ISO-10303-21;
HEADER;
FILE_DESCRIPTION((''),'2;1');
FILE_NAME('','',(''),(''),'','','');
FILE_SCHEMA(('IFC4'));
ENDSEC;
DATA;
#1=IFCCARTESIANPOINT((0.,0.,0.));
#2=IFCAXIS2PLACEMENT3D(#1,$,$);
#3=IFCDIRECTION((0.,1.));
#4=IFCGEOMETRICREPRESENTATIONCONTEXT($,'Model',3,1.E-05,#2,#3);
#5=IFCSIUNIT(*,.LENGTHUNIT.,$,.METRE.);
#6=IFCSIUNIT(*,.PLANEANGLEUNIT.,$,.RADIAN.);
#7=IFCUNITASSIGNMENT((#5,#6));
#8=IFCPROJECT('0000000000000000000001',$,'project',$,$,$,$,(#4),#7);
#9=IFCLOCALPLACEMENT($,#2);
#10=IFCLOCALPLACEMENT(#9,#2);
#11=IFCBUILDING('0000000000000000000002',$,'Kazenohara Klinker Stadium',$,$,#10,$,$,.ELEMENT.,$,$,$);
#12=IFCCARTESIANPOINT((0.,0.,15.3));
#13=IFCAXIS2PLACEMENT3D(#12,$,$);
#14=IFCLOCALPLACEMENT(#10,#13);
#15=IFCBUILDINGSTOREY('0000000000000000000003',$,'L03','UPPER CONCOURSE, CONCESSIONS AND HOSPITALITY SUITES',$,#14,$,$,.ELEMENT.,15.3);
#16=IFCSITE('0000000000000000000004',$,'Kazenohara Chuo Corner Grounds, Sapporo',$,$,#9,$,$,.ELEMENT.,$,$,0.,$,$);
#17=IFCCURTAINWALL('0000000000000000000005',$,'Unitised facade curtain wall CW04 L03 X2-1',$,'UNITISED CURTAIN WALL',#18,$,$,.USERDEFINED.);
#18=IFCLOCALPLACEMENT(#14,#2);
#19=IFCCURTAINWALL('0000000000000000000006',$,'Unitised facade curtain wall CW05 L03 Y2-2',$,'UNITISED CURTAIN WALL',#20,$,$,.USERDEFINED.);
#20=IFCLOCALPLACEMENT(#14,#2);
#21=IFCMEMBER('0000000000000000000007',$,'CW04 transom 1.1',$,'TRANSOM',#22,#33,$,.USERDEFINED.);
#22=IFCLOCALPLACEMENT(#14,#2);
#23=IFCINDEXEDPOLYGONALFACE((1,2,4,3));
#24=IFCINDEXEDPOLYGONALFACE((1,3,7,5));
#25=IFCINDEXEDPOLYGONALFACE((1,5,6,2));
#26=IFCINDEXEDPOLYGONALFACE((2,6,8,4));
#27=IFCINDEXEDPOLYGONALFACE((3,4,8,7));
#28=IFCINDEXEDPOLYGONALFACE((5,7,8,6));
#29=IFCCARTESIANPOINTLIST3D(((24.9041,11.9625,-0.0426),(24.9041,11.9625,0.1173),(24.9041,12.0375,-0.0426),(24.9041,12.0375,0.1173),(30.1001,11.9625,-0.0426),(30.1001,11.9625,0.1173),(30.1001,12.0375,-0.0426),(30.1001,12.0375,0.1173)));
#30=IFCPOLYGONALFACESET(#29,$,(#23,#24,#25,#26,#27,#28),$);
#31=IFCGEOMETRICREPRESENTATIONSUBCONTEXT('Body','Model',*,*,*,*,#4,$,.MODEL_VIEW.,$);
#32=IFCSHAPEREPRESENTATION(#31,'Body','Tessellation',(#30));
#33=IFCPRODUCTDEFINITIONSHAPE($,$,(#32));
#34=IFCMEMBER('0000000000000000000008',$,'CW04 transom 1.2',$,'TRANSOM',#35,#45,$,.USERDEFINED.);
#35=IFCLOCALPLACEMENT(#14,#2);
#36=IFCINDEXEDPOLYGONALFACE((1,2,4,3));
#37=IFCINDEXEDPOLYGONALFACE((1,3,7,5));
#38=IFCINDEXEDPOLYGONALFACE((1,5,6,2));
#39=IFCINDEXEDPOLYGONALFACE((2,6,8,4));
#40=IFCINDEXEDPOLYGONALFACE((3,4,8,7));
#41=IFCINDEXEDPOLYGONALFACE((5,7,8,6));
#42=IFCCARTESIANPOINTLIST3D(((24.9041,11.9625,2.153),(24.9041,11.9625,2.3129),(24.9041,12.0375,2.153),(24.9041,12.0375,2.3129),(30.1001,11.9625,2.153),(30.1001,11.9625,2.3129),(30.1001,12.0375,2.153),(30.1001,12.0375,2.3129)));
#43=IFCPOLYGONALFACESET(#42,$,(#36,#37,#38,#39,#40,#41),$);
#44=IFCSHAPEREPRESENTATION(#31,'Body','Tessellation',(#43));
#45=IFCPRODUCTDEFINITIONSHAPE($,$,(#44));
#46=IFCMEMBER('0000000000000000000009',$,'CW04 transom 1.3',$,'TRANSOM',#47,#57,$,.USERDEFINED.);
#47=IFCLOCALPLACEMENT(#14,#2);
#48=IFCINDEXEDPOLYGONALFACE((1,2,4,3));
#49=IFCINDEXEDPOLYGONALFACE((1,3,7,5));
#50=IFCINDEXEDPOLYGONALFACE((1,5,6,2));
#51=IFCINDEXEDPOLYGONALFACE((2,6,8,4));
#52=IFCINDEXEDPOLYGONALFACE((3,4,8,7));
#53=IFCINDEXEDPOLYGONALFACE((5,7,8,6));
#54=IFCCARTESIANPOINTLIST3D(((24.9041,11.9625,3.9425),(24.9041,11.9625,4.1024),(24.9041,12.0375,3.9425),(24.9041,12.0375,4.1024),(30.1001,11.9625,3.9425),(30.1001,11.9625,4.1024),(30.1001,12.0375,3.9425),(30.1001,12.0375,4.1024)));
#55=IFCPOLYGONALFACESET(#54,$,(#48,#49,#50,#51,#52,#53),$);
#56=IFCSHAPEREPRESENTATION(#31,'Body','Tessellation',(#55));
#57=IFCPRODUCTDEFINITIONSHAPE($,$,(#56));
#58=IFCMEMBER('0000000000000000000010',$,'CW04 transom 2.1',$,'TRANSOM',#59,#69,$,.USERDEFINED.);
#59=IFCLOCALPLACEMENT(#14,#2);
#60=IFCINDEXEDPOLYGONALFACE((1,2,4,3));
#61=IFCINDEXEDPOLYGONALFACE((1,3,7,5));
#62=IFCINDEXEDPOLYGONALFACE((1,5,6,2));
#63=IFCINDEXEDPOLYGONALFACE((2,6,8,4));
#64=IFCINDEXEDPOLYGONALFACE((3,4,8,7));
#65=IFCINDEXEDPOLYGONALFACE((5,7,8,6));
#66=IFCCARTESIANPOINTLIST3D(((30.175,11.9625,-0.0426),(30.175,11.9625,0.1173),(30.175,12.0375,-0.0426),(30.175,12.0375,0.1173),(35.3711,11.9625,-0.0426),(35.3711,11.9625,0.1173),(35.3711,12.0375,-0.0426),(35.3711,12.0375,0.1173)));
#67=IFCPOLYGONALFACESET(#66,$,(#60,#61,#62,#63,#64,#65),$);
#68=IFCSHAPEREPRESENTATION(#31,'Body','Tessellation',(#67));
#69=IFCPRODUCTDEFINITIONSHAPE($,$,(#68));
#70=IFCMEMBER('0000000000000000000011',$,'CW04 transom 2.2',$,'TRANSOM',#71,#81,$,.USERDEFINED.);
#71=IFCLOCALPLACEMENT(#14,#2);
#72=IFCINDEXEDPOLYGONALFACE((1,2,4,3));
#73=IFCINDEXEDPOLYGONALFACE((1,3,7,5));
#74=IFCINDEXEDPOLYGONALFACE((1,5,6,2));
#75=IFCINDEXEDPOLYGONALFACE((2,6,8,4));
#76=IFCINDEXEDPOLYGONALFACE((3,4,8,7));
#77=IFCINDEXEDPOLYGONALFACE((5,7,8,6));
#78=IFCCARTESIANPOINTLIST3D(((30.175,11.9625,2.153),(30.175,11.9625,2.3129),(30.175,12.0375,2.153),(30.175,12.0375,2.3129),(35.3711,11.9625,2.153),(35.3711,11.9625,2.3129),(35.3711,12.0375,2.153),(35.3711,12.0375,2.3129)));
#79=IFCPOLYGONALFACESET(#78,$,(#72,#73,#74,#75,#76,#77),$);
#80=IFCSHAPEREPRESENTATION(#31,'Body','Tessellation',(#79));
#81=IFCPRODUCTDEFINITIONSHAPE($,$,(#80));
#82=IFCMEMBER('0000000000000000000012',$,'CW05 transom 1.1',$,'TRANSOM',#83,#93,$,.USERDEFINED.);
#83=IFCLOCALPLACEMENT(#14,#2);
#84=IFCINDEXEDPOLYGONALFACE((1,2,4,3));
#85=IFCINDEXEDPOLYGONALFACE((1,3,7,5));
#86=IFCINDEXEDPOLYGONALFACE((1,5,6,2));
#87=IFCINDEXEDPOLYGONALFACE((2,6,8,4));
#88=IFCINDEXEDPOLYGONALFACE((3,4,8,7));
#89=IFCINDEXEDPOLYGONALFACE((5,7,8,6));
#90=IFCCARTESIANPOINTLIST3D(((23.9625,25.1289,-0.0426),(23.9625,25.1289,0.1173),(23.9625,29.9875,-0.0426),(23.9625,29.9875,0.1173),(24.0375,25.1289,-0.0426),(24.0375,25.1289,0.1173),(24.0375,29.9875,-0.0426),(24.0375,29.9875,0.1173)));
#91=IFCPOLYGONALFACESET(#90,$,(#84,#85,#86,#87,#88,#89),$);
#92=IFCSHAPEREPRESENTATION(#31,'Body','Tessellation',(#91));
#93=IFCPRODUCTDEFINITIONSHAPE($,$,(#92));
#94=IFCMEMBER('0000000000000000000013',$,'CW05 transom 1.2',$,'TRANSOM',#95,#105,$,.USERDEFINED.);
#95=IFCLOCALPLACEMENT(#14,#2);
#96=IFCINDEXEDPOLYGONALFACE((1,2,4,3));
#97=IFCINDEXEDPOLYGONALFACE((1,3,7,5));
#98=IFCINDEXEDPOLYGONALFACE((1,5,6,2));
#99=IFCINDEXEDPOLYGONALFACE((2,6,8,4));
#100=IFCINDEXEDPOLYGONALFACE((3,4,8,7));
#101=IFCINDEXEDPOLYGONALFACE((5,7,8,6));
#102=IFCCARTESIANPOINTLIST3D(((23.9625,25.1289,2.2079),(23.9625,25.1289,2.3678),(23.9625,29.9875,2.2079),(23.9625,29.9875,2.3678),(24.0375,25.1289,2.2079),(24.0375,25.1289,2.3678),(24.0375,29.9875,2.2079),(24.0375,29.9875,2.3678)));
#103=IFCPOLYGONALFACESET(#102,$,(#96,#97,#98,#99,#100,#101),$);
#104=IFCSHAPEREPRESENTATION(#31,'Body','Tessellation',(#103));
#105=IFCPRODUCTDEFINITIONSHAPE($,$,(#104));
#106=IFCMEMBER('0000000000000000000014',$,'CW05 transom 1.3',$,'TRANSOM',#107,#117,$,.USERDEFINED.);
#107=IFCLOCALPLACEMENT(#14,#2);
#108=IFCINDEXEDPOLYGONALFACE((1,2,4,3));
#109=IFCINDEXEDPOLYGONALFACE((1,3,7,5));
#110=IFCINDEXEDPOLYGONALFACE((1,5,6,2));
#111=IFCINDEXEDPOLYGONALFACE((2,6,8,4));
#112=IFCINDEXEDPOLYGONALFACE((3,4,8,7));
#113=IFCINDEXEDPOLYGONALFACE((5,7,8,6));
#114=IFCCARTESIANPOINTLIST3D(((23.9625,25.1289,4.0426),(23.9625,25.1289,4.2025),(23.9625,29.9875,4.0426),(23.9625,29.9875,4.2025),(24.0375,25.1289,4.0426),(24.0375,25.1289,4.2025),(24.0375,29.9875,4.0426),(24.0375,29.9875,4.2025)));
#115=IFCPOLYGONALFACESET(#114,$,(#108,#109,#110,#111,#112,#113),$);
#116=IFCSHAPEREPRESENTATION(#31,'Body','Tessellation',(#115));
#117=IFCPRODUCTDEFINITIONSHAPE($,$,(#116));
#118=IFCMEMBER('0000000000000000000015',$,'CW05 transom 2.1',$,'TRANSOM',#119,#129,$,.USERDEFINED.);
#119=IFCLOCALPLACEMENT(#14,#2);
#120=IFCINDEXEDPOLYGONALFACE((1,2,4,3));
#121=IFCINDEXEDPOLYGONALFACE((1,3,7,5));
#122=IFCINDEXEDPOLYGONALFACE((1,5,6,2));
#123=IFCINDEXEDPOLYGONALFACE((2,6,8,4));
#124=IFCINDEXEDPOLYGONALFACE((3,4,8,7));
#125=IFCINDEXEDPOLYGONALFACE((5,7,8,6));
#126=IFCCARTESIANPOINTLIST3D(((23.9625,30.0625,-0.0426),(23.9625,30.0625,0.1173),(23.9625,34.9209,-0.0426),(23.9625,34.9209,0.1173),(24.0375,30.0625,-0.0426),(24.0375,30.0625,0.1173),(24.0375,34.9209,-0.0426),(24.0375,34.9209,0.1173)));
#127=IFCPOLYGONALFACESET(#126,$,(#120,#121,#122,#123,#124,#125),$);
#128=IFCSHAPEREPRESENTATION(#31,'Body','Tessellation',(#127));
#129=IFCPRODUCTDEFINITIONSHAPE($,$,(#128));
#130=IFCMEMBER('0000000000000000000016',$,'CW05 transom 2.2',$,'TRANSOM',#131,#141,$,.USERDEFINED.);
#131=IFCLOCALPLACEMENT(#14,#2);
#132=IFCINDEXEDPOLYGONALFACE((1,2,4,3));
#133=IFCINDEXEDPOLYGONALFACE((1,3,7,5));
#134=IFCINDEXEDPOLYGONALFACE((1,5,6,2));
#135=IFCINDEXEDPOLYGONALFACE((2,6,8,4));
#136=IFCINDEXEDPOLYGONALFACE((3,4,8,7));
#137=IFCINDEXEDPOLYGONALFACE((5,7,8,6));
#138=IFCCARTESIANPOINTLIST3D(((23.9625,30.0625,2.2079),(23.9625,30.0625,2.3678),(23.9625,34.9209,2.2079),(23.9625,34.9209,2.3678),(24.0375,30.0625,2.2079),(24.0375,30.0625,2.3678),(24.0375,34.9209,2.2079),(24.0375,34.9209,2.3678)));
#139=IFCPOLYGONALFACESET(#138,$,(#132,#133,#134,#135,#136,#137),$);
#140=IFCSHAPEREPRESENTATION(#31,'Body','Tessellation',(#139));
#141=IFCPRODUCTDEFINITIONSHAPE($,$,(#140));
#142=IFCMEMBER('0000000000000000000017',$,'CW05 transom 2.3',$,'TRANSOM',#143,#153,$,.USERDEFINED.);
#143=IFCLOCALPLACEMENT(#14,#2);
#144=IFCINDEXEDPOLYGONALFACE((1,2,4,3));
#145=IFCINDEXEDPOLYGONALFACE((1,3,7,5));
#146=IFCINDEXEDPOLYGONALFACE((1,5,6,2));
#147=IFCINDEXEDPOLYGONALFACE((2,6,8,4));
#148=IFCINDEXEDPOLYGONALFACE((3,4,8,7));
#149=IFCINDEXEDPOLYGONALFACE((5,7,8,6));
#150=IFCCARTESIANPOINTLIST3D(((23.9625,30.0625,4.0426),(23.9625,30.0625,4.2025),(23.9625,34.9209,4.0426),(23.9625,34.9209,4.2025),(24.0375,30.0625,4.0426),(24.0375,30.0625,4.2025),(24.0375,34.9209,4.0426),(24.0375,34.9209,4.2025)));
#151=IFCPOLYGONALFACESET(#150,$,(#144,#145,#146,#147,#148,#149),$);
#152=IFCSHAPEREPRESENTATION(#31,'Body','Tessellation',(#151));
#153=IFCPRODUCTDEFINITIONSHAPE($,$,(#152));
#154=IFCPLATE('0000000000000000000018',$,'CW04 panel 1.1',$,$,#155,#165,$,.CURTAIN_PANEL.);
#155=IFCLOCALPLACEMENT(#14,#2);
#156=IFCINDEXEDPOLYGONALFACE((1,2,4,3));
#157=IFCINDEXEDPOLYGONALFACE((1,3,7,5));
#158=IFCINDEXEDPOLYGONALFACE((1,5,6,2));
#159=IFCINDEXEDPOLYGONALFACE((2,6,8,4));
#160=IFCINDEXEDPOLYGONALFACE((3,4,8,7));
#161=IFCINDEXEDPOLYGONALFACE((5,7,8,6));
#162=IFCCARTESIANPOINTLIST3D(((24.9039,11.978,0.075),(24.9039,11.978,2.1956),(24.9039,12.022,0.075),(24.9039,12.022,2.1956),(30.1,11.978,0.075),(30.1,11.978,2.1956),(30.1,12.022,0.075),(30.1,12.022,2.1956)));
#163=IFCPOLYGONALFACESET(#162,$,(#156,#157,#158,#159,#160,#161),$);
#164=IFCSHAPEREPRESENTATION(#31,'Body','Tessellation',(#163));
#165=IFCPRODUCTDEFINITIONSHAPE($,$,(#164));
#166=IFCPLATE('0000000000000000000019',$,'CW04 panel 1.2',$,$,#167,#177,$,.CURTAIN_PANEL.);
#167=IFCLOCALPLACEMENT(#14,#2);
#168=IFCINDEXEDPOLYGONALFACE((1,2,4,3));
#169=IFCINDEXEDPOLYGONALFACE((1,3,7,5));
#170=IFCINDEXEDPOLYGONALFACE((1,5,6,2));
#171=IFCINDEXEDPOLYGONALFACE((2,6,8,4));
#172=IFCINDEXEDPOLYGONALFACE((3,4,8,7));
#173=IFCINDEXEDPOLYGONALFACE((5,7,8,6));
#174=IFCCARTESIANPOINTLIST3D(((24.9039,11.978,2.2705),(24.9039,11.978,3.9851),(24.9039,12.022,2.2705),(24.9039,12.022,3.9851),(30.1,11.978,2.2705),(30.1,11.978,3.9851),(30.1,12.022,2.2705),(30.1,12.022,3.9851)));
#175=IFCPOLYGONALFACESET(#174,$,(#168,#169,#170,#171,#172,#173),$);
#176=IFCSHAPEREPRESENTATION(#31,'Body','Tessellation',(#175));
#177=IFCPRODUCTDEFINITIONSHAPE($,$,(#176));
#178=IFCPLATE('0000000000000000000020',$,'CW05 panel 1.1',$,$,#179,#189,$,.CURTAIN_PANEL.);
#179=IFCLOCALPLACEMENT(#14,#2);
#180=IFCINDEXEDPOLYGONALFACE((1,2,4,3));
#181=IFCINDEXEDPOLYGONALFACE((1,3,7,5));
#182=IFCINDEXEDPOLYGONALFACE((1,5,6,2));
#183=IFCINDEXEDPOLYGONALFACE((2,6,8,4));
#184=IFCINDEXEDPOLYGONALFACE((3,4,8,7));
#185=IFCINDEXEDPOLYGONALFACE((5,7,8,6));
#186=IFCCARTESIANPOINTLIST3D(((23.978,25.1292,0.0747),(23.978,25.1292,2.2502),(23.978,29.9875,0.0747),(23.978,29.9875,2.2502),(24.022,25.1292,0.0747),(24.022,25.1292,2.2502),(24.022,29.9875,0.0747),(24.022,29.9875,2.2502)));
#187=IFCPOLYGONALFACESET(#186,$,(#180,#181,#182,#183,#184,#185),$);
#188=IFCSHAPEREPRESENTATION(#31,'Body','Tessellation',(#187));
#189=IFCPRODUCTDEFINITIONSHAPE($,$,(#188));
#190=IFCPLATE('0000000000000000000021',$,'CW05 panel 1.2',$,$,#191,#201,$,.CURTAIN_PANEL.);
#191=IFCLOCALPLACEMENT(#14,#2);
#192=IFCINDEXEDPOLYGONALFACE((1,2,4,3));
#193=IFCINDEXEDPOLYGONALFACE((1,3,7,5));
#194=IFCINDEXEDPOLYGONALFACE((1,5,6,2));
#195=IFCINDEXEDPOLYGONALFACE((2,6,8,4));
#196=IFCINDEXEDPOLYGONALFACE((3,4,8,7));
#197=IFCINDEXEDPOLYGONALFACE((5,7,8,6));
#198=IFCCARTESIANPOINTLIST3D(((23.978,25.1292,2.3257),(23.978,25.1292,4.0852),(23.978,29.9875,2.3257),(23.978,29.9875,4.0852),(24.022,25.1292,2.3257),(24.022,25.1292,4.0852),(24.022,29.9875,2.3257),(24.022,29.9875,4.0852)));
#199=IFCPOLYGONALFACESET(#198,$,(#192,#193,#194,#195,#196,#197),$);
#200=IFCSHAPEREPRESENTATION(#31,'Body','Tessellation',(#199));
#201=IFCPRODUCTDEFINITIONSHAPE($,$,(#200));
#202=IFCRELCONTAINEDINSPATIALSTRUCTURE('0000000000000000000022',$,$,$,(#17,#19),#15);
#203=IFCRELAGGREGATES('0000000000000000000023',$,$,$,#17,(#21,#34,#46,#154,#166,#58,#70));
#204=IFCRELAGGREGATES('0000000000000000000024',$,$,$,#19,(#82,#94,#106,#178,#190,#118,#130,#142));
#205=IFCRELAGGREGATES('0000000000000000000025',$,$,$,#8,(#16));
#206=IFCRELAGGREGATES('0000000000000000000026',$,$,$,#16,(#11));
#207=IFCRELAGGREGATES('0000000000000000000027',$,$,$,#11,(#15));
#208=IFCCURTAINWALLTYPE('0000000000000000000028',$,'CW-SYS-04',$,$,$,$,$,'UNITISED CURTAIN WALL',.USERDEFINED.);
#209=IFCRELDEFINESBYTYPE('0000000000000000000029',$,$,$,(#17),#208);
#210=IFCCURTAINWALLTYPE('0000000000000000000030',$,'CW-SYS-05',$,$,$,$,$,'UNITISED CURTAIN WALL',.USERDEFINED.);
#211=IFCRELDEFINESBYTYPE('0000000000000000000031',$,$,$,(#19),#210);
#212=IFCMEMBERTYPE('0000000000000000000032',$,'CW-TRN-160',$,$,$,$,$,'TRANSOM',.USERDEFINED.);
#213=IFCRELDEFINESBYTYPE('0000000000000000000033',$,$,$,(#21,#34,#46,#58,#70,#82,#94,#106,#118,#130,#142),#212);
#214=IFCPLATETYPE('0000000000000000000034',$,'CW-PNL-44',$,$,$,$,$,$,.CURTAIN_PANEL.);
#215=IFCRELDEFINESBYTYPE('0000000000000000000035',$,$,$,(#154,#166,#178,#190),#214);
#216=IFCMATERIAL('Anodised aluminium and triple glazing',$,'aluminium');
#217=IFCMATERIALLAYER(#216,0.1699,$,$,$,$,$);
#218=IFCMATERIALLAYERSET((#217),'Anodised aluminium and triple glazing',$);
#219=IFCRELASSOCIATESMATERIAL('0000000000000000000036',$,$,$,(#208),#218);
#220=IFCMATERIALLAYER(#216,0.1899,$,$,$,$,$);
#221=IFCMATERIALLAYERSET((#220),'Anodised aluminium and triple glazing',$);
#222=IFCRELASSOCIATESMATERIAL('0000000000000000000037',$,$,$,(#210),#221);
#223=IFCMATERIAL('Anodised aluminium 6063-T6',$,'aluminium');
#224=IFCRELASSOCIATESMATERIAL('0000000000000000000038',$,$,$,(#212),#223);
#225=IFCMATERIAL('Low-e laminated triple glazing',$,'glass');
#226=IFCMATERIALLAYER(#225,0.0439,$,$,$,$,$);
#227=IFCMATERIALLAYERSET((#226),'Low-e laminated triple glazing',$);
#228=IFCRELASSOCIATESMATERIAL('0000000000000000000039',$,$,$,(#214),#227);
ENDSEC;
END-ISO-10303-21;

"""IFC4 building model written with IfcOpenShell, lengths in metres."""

from ifc_helpers import new_model, si_unit, direction, frame, origin, origin_2d, place, context, subcontext, project, spatial, rectangle, extrude, material, layer, layer_set, material_profile, profile_set, type_object, element, aggregate, save


model = new_model("IFC4")

# Units and contexts
model_context = context("Model", 3, precision=1e-05, world=origin(), true_north=direction((0.0, 1.0)))
body_context = subcontext(model_context, "Body", "Model", "MODEL_VIEW")
ifc_project = project(units=[si_unit("LENGTHUNIT", "METRE"), si_unit("PLANEANGLEUNIT", "RADIAN")], contexts=[model_context])

# Site, building, storey
site_placement = place(None, origin())
site = spatial("IfcSite", under=ifc_project, at=site_placement, Name="Kazenohara Chuo Corner Grounds, Sapporo", CompositionType="ELEMENT", RefElevation=0.0)
building_placement = place(site_placement, origin())
building = spatial("IfcBuilding", under=site, at=building_placement, Name="Kazenohara Klinker Stadium", CompositionType="ELEMENT")
storey_placement = place(building_placement, frame((0.0, 0.0, 15.3)))
storey = spatial("IfcBuildingStorey", under=building, at=storey_placement, Name="L03", Description="UPPER CONCOURSE, CONCESSIONS AND HOSPITALITY SUITES", CompositionType="ELEMENT", Elevation=15.3)

# Curtain walls
ifc_material_1 = material(Name="Anodised aluminium and triple glazing", Category="aluminium")
ifc_layer_1 = layer(ifc_material_1, 0.1699)
ifc_layer_set_1 = layer_set([ifc_layer_1], Name="Anodised aluminium and triple glazing")
curtain_wall_type_1 = type_object("IfcCurtainWallType", Name="CW-SYS-04", ElementType="UNITISED CURTAIN WALL", PredefinedType="USERDEFINED", material=ifc_layer_set_1)
curtain_wall_1_placement = place(storey_placement, origin())
curtain_wall_1 = element("IfcCurtainWall", 1, at=curtain_wall_1_placement, inside=storey, type_object=curtain_wall_type_1, Name="Unitised facade curtain wall CW04 L03 X2-1", ObjectType="UNITISED CURTAIN WALL", PredefinedType="USERDEFINED")
ifc_material_2 = material(Name="Anodised aluminium 6063-T6", Category="aluminium")
ifc_layer_2 = layer(ifc_material_1, 0.1899)
ifc_layer_set_2 = layer_set([ifc_layer_2], Name="Anodised aluminium and triple glazing")
curtain_wall_type_2 = type_object("IfcCurtainWallType", Name="CW-SYS-05", ElementType="UNITISED CURTAIN WALL", PredefinedType="USERDEFINED", material=ifc_layer_set_2)
curtain_wall_2_placement = place(storey_placement, origin())
curtain_wall_2 = element("IfcCurtainWall", 2, at=curtain_wall_2_placement, inside=storey, type_object=curtain_wall_type_2, Name="Unitised facade curtain wall CW05 L03 Y2-2", ObjectType="UNITISED CURTAIN WALL", PredefinedType="USERDEFINED")

# Members
ifc_material_profile_1 = material_profile(ifc_material_2, rectangle(XDim=0.075, YDim=0.1599, at=origin_2d()), Name="ALU-TRN-75x160")
ifc_profile_set_1 = profile_set([ifc_material_profile_1], Name="Anodised aluminium 6063-T6")
member_type_1 = type_object("IfcMemberType", Name="CW-TRN-160", ElementType="TRANSOM", PredefinedType="USERDEFINED", material=ifc_profile_set_1)
member_1_placement = place(storey_placement, frame((24.9041, 12.0, 0.0374), z_axis=(1.0, 0.0, 0.0), x_axis=(0.0, 1.0, 0.0)))
member_1 = element("IfcMember", 3, at=member_1_placement, type_object=member_type_1, Name="CW04 transom 1.1", ObjectType="TRANSOM", PredefinedType="USERDEFINED", context=body_context, shape_type="SweptSolid", body=[
    extrude(rectangle(XDim=0.075, YDim=0.1599, at=origin_2d()), origin(), (0.0, 0.0, 1.0), 5.196),
])
member_2_placement = place(storey_placement, frame((24.9041, 12.0, 2.2329), z_axis=(1.0, 0.0, 0.0), x_axis=(0.0, 1.0, 0.0)))
member_2 = element("IfcMember", 4, at=member_2_placement, type_object=member_type_1, Name="CW04 transom 1.2", ObjectType="TRANSOM", PredefinedType="USERDEFINED", context=body_context, shape_type="SweptSolid", body=[
    extrude(rectangle(XDim=0.075, YDim=0.1599, at=origin_2d()), origin(), (0.0, 0.0, 1.0), 5.196),
])
member_3_placement = place(storey_placement, frame((24.9041, 12.0, 4.0225), z_axis=(1.0, 0.0, 0.0), x_axis=(0.0, 1.0, 0.0)))
member_3 = element("IfcMember", 5, at=member_3_placement, type_object=member_type_1, Name="CW04 transom 1.3", ObjectType="TRANSOM", PredefinedType="USERDEFINED", context=body_context, shape_type="SweptSolid", body=[
    extrude(rectangle(XDim=0.075, YDim=0.1599, at=origin_2d()), origin(), (0.0, 0.0, 1.0), 5.196),
])
member_4_placement = place(storey_placement, frame((30.175, 12.0, 0.0374), z_axis=(1.0, 0.0, 0.0), x_axis=(0.0, 1.0, 0.0)))
member_4 = element("IfcMember", 6, at=member_4_placement, type_object=member_type_1, Name="CW04 transom 2.1", ObjectType="TRANSOM", PredefinedType="USERDEFINED", context=body_context, shape_type="SweptSolid", body=[
    extrude(rectangle(XDim=0.075, YDim=0.1599, at=origin_2d()), origin(), (0.0, 0.0, 1.0), 5.196),
])
member_5_placement = place(storey_placement, frame((30.175, 12.0, 2.2329), z_axis=(1.0, 0.0, 0.0), x_axis=(0.0, 1.0, 0.0)))
member_5 = element("IfcMember", 7, at=member_5_placement, type_object=member_type_1, Name="CW04 transom 2.2", ObjectType="TRANSOM", PredefinedType="USERDEFINED", context=body_context, shape_type="SweptSolid", body=[
    extrude(rectangle(XDim=0.075, YDim=0.1599, at=origin_2d()), origin(), (0.0, 0.0, 1.0), 5.196),
])
member_6_placement = place(storey_placement, frame((24.0, 25.1289, 0.0374), z_axis=(0.0, 1.0, 0.0), x_axis=(-1.0, 0.0, 0.0)))
member_6 = element("IfcMember", 8, at=member_6_placement, type_object=member_type_1, Name="CW05 transom 1.1", ObjectType="TRANSOM", PredefinedType="USERDEFINED", context=body_context, shape_type="SweptSolid", body=[
    extrude(rectangle(XDim=0.075, YDim=0.1599, at=origin_2d()), origin(), (0.0, 0.0, 1.0), 4.8586),
])
member_7_placement = place(storey_placement, frame((24.0, 25.1289, 2.2878), z_axis=(0.0, 1.0, 0.0), x_axis=(-1.0, 0.0, 0.0)))
member_7 = element("IfcMember", 9, at=member_7_placement, type_object=member_type_1, Name="CW05 transom 1.2", ObjectType="TRANSOM", PredefinedType="USERDEFINED", context=body_context, shape_type="SweptSolid", body=[
    extrude(rectangle(XDim=0.075, YDim=0.1599, at=origin_2d()), origin(), (0.0, 0.0, 1.0), 4.8586),
])
member_8_placement = place(storey_placement, frame((24.0, 25.1289, 4.1226), z_axis=(0.0, 1.0, 0.0), x_axis=(-1.0, 0.0, 0.0)))
member_8 = element("IfcMember", 10, at=member_8_placement, type_object=member_type_1, Name="CW05 transom 1.3", ObjectType="TRANSOM", PredefinedType="USERDEFINED", context=body_context, shape_type="SweptSolid", body=[
    extrude(rectangle(XDim=0.075, YDim=0.1599, at=origin_2d()), origin(), (0.0, 0.0, 1.0), 4.8586),
])
member_9_placement = place(storey_placement, frame((24.0, 30.0625, 0.0374), z_axis=(0.0, 1.0, 0.0), x_axis=(-1.0, 0.0, 0.0)))
member_9 = element("IfcMember", 11, at=member_9_placement, type_object=member_type_1, Name="CW05 transom 2.1", ObjectType="TRANSOM", PredefinedType="USERDEFINED", context=body_context, shape_type="SweptSolid", body=[
    extrude(rectangle(XDim=0.075, YDim=0.1599, at=origin_2d()), origin(), (0.0, 0.0, 1.0), 4.8584),
])
member_10_placement = place(storey_placement, frame((24.0, 30.0625, 2.2878), z_axis=(0.0, 1.0, 0.0), x_axis=(-1.0, 0.0, 0.0)))
member_10 = element("IfcMember", 12, at=member_10_placement, type_object=member_type_1, Name="CW05 transom 2.2", ObjectType="TRANSOM", PredefinedType="USERDEFINED", context=body_context, shape_type="SweptSolid", body=[
    extrude(rectangle(XDim=0.075, YDim=0.1599, at=origin_2d()), origin(), (0.0, 0.0, 1.0), 4.8584),
])
member_11_placement = place(storey_placement, frame((24.0, 30.0625, 4.1226), z_axis=(0.0, 1.0, 0.0), x_axis=(-1.0, 0.0, 0.0)))
member_11 = element("IfcMember", 13, at=member_11_placement, type_object=member_type_1, Name="CW05 transom 2.3", ObjectType="TRANSOM", PredefinedType="USERDEFINED", context=body_context, shape_type="SweptSolid", body=[
    extrude(rectangle(XDim=0.075, YDim=0.1599, at=origin_2d()), origin(), (0.0, 0.0, 1.0), 4.8584),
])

# Plates
ifc_material_3 = material(Name="Low-e laminated triple glazing", Category="glass")
ifc_layer_3 = layer(ifc_material_3, 0.0439)
ifc_layer_set_3 = layer_set([ifc_layer_3], Name="Low-e laminated triple glazing")
plate_type_1 = type_object("IfcPlateType", Name="CW-PNL-44", PredefinedType="CURTAIN_PANEL", material=ifc_layer_set_3)
plate_1_placement = place(storey_placement, frame((27.502, 12.0, 0.075), z_axis=(0.0, 0.0, 1.0), x_axis=(1.0, 0.0, 0.0)))
plate_1 = element("IfcPlate", 14, at=plate_1_placement, type_object=plate_type_1, Name="CW04 panel 1.1", PredefinedType="CURTAIN_PANEL", context=body_context, shape_type="SweptSolid", body=[
    extrude(rectangle(XDim=5.196, YDim=0.0439, at=origin_2d()), origin(), (0.0, 0.0, 1.0), 2.1206),
])
plate_2_placement = place(storey_placement, frame((27.502, 12.0, 2.2705), z_axis=(0.0, 0.0, 1.0), x_axis=(1.0, 0.0, 0.0)))
plate_2 = element("IfcPlate", 15, at=plate_2_placement, type_object=plate_type_1, Name="CW04 panel 1.2", PredefinedType="CURTAIN_PANEL", context=body_context, shape_type="SweptSolid", body=[
    extrude(rectangle(XDim=5.196, YDim=0.0439, at=origin_2d()), origin(), (0.0, 0.0, 1.0), 1.7146),
])
aggregate(curtain_wall_1, [member_1, member_2, member_3, plate_1, plate_2, member_4, member_5])
plate_3_placement = place(storey_placement, frame((24.0, 27.5583, 0.0747), z_axis=(0.0, 0.0, 1.0), x_axis=(0.0, 1.0, 0.0)))
plate_3 = element("IfcPlate", 16, at=plate_3_placement, type_object=plate_type_1, Name="CW05 panel 1.1", PredefinedType="CURTAIN_PANEL", context=body_context, shape_type="SweptSolid", body=[
    extrude(rectangle(XDim=4.8584, YDim=0.0439, at=origin_2d()), origin(), (0.0, 0.0, 1.0), 2.1755),
])
plate_4_placement = place(storey_placement, frame((24.0, 27.5583, 2.3257), z_axis=(0.0, 0.0, 1.0), x_axis=(0.0, 1.0, 0.0)))
plate_4 = element("IfcPlate", 17, at=plate_4_placement, type_object=plate_type_1, Name="CW05 panel 1.2", PredefinedType="CURTAIN_PANEL", context=body_context, shape_type="SweptSolid", body=[
    extrude(rectangle(XDim=4.8584, YDim=0.0439, at=origin_2d()), origin(), (0.0, 0.0, 1.0), 1.7595),
])
aggregate(curtain_wall_2, [member_6, member_7, member_8, plate_3, plate_4, member_9, member_10, member_11])

save(model, "model.ifc")
